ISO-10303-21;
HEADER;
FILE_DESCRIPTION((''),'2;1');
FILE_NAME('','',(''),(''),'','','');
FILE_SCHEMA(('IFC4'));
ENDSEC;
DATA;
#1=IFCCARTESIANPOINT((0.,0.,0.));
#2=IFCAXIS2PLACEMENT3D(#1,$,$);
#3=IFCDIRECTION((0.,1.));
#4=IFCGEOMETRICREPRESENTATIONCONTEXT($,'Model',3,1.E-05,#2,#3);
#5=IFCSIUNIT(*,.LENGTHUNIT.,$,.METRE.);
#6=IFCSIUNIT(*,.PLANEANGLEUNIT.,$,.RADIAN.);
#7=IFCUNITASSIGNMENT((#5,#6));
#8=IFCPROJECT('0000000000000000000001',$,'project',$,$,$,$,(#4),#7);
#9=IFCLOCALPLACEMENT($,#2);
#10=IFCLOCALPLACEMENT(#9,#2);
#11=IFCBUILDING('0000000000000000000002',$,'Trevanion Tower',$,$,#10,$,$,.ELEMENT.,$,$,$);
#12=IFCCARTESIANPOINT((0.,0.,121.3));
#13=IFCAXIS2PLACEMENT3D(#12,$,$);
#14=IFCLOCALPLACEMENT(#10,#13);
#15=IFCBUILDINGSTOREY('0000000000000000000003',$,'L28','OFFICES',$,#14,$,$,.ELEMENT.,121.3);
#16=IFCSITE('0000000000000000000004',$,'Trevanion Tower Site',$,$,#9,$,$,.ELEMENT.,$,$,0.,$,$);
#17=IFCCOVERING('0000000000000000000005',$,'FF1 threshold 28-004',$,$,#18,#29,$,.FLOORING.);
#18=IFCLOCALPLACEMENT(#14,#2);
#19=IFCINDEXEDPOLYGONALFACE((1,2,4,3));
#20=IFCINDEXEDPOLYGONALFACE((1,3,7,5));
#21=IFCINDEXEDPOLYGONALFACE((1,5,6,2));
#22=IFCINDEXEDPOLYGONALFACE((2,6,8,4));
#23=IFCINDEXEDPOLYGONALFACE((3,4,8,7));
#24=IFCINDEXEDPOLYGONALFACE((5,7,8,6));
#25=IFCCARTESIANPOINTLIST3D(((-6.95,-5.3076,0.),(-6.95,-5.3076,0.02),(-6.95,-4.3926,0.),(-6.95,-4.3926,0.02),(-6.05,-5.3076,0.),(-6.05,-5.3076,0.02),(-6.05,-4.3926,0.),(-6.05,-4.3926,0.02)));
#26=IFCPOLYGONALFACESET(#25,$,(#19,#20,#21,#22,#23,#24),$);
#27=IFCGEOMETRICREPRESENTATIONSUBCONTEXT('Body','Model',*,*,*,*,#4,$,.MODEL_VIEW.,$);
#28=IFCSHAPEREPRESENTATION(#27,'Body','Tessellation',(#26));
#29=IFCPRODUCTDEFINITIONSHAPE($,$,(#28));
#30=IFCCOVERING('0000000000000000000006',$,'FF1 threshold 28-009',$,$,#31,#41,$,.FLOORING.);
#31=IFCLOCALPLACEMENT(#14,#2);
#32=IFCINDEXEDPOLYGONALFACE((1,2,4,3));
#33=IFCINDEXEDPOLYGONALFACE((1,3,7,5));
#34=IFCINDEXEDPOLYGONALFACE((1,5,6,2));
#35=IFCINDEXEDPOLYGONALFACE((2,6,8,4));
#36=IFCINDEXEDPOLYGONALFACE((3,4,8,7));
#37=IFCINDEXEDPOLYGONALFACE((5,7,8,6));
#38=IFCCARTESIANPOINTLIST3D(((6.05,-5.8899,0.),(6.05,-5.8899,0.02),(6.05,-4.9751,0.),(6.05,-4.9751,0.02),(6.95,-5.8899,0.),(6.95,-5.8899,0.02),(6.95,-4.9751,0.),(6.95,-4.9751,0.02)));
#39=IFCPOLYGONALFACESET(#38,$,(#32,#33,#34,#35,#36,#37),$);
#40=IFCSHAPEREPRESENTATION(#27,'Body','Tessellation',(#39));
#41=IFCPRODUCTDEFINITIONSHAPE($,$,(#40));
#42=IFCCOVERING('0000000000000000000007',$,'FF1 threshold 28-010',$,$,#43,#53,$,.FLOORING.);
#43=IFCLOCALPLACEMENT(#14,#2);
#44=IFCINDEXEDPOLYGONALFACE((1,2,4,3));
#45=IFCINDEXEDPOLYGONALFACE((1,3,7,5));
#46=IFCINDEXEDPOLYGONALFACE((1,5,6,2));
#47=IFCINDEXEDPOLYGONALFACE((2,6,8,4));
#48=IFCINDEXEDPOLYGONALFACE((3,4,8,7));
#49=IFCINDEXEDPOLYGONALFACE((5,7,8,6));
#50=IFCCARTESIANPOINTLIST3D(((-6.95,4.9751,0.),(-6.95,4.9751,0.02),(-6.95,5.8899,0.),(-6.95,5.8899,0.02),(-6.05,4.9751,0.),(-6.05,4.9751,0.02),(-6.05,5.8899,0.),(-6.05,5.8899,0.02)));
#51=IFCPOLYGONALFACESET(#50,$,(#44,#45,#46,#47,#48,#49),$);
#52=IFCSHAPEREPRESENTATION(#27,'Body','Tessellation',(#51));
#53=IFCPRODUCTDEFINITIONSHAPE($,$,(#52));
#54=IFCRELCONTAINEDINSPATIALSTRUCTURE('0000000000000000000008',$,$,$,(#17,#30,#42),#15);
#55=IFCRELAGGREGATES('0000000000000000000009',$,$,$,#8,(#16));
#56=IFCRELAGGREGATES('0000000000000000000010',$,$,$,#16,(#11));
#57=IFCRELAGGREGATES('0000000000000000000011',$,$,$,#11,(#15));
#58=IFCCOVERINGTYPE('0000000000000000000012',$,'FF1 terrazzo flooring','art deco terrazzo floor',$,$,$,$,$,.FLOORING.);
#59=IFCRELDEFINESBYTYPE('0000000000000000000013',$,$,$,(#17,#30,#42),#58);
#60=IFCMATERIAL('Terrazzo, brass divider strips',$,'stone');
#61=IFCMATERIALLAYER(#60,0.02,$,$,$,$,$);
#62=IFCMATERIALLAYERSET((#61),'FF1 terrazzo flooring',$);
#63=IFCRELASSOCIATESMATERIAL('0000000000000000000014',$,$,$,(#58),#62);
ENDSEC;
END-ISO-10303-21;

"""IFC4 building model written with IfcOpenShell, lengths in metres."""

from ifc_helpers import new_model, si_unit, direction, frame, origin, place, context, subcontext, project, spatial, polyline, outline, extrude, material, layer, layer_set, type_object, element, save


model = new_model("IFC4")

# Units and contexts
model_context = context("Model", 3, precision=1e-05, world=origin(), true_north=direction((0.0, 1.0)))
body_context = subcontext(model_context, "Body", "Model", "MODEL_VIEW")
ifc_project = project(units=[si_unit("LENGTHUNIT", "METRE"), si_unit("PLANEANGLEUNIT", "RADIAN")], contexts=[model_context])

# Site, building, storey
site_placement = place(None, origin())
site = spatial("IfcSite", under=ifc_project, at=site_placement, Name="Trevanion Tower Site", CompositionType="ELEMENT", RefElevation=0.0)
building_placement = place(site_placement, origin())
building = spatial("IfcBuilding", under=site, at=building_placement, Name="Trevanion Tower", CompositionType="ELEMENT")
storey_placement = place(building_placement, frame((0.0, 0.0, 121.3)))
storey = spatial("IfcBuildingStorey", under=building, at=storey_placement, Name="L28", Description="OFFICES", CompositionType="ELEMENT", Elevation=121.3)

# Coverings
ifc_material_1 = material(Name="Terrazzo, brass divider strips", Category="stone")
ifc_layer_1 = layer(ifc_material_1, 0.02)
ifc_layer_set_1 = layer_set([ifc_layer_1], Name="FF1 terrazzo flooring")
covering_type = type_object("IfcCoveringType", Name="FF1 terrazzo flooring", Description="art deco terrazzo floor", PredefinedType="FLOORING", material=ifc_layer_set_1)
covering_1_placement = place(storey_placement, origin())
element("IfcCovering", 1, at=covering_1_placement, inside=storey, type_object=covering_type, Name="FF1 threshold 28-004", PredefinedType="FLOORING", context=body_context, shape_type="SweptSolid", body=[
    extrude(outline(polyline([(-6.95, -4.3926), (-6.95, -5.3076), (-6.05, -5.3076), (-6.05, -4.3926), (-6.95, -4.3926)])), origin(), (0.0, 0.0, 1.0), 0.02),
])
covering_2_placement = place(storey_placement, origin())
element("IfcCovering", 2, at=covering_2_placement, inside=storey, type_object=covering_type, Name="FF1 threshold 28-009", PredefinedType="FLOORING", context=body_context, shape_type="SweptSolid", body=[
    extrude(outline(polyline([(6.95, -5.8899), (6.95, -4.9751), (6.05, -4.9751), (6.05, -5.8899), (6.95, -5.8899)])), origin(), (0.0, 0.0, 1.0), 0.02),
])
covering_3_placement = place(storey_placement, origin())
element("IfcCovering", 3, at=covering_3_placement, inside=storey, type_object=covering_type, Name="FF1 threshold 28-010", PredefinedType="FLOORING", context=body_context, shape_type="SweptSolid", body=[
    extrude(outline(polyline([(-6.95, 5.8899), (-6.95, 4.9751), (-6.05, 4.9751), (-6.05, 5.8899), (-6.95, 5.8899)])), origin(), (0.0, 0.0, 1.0), 0.02),
])

save(model, "model.ifc")
